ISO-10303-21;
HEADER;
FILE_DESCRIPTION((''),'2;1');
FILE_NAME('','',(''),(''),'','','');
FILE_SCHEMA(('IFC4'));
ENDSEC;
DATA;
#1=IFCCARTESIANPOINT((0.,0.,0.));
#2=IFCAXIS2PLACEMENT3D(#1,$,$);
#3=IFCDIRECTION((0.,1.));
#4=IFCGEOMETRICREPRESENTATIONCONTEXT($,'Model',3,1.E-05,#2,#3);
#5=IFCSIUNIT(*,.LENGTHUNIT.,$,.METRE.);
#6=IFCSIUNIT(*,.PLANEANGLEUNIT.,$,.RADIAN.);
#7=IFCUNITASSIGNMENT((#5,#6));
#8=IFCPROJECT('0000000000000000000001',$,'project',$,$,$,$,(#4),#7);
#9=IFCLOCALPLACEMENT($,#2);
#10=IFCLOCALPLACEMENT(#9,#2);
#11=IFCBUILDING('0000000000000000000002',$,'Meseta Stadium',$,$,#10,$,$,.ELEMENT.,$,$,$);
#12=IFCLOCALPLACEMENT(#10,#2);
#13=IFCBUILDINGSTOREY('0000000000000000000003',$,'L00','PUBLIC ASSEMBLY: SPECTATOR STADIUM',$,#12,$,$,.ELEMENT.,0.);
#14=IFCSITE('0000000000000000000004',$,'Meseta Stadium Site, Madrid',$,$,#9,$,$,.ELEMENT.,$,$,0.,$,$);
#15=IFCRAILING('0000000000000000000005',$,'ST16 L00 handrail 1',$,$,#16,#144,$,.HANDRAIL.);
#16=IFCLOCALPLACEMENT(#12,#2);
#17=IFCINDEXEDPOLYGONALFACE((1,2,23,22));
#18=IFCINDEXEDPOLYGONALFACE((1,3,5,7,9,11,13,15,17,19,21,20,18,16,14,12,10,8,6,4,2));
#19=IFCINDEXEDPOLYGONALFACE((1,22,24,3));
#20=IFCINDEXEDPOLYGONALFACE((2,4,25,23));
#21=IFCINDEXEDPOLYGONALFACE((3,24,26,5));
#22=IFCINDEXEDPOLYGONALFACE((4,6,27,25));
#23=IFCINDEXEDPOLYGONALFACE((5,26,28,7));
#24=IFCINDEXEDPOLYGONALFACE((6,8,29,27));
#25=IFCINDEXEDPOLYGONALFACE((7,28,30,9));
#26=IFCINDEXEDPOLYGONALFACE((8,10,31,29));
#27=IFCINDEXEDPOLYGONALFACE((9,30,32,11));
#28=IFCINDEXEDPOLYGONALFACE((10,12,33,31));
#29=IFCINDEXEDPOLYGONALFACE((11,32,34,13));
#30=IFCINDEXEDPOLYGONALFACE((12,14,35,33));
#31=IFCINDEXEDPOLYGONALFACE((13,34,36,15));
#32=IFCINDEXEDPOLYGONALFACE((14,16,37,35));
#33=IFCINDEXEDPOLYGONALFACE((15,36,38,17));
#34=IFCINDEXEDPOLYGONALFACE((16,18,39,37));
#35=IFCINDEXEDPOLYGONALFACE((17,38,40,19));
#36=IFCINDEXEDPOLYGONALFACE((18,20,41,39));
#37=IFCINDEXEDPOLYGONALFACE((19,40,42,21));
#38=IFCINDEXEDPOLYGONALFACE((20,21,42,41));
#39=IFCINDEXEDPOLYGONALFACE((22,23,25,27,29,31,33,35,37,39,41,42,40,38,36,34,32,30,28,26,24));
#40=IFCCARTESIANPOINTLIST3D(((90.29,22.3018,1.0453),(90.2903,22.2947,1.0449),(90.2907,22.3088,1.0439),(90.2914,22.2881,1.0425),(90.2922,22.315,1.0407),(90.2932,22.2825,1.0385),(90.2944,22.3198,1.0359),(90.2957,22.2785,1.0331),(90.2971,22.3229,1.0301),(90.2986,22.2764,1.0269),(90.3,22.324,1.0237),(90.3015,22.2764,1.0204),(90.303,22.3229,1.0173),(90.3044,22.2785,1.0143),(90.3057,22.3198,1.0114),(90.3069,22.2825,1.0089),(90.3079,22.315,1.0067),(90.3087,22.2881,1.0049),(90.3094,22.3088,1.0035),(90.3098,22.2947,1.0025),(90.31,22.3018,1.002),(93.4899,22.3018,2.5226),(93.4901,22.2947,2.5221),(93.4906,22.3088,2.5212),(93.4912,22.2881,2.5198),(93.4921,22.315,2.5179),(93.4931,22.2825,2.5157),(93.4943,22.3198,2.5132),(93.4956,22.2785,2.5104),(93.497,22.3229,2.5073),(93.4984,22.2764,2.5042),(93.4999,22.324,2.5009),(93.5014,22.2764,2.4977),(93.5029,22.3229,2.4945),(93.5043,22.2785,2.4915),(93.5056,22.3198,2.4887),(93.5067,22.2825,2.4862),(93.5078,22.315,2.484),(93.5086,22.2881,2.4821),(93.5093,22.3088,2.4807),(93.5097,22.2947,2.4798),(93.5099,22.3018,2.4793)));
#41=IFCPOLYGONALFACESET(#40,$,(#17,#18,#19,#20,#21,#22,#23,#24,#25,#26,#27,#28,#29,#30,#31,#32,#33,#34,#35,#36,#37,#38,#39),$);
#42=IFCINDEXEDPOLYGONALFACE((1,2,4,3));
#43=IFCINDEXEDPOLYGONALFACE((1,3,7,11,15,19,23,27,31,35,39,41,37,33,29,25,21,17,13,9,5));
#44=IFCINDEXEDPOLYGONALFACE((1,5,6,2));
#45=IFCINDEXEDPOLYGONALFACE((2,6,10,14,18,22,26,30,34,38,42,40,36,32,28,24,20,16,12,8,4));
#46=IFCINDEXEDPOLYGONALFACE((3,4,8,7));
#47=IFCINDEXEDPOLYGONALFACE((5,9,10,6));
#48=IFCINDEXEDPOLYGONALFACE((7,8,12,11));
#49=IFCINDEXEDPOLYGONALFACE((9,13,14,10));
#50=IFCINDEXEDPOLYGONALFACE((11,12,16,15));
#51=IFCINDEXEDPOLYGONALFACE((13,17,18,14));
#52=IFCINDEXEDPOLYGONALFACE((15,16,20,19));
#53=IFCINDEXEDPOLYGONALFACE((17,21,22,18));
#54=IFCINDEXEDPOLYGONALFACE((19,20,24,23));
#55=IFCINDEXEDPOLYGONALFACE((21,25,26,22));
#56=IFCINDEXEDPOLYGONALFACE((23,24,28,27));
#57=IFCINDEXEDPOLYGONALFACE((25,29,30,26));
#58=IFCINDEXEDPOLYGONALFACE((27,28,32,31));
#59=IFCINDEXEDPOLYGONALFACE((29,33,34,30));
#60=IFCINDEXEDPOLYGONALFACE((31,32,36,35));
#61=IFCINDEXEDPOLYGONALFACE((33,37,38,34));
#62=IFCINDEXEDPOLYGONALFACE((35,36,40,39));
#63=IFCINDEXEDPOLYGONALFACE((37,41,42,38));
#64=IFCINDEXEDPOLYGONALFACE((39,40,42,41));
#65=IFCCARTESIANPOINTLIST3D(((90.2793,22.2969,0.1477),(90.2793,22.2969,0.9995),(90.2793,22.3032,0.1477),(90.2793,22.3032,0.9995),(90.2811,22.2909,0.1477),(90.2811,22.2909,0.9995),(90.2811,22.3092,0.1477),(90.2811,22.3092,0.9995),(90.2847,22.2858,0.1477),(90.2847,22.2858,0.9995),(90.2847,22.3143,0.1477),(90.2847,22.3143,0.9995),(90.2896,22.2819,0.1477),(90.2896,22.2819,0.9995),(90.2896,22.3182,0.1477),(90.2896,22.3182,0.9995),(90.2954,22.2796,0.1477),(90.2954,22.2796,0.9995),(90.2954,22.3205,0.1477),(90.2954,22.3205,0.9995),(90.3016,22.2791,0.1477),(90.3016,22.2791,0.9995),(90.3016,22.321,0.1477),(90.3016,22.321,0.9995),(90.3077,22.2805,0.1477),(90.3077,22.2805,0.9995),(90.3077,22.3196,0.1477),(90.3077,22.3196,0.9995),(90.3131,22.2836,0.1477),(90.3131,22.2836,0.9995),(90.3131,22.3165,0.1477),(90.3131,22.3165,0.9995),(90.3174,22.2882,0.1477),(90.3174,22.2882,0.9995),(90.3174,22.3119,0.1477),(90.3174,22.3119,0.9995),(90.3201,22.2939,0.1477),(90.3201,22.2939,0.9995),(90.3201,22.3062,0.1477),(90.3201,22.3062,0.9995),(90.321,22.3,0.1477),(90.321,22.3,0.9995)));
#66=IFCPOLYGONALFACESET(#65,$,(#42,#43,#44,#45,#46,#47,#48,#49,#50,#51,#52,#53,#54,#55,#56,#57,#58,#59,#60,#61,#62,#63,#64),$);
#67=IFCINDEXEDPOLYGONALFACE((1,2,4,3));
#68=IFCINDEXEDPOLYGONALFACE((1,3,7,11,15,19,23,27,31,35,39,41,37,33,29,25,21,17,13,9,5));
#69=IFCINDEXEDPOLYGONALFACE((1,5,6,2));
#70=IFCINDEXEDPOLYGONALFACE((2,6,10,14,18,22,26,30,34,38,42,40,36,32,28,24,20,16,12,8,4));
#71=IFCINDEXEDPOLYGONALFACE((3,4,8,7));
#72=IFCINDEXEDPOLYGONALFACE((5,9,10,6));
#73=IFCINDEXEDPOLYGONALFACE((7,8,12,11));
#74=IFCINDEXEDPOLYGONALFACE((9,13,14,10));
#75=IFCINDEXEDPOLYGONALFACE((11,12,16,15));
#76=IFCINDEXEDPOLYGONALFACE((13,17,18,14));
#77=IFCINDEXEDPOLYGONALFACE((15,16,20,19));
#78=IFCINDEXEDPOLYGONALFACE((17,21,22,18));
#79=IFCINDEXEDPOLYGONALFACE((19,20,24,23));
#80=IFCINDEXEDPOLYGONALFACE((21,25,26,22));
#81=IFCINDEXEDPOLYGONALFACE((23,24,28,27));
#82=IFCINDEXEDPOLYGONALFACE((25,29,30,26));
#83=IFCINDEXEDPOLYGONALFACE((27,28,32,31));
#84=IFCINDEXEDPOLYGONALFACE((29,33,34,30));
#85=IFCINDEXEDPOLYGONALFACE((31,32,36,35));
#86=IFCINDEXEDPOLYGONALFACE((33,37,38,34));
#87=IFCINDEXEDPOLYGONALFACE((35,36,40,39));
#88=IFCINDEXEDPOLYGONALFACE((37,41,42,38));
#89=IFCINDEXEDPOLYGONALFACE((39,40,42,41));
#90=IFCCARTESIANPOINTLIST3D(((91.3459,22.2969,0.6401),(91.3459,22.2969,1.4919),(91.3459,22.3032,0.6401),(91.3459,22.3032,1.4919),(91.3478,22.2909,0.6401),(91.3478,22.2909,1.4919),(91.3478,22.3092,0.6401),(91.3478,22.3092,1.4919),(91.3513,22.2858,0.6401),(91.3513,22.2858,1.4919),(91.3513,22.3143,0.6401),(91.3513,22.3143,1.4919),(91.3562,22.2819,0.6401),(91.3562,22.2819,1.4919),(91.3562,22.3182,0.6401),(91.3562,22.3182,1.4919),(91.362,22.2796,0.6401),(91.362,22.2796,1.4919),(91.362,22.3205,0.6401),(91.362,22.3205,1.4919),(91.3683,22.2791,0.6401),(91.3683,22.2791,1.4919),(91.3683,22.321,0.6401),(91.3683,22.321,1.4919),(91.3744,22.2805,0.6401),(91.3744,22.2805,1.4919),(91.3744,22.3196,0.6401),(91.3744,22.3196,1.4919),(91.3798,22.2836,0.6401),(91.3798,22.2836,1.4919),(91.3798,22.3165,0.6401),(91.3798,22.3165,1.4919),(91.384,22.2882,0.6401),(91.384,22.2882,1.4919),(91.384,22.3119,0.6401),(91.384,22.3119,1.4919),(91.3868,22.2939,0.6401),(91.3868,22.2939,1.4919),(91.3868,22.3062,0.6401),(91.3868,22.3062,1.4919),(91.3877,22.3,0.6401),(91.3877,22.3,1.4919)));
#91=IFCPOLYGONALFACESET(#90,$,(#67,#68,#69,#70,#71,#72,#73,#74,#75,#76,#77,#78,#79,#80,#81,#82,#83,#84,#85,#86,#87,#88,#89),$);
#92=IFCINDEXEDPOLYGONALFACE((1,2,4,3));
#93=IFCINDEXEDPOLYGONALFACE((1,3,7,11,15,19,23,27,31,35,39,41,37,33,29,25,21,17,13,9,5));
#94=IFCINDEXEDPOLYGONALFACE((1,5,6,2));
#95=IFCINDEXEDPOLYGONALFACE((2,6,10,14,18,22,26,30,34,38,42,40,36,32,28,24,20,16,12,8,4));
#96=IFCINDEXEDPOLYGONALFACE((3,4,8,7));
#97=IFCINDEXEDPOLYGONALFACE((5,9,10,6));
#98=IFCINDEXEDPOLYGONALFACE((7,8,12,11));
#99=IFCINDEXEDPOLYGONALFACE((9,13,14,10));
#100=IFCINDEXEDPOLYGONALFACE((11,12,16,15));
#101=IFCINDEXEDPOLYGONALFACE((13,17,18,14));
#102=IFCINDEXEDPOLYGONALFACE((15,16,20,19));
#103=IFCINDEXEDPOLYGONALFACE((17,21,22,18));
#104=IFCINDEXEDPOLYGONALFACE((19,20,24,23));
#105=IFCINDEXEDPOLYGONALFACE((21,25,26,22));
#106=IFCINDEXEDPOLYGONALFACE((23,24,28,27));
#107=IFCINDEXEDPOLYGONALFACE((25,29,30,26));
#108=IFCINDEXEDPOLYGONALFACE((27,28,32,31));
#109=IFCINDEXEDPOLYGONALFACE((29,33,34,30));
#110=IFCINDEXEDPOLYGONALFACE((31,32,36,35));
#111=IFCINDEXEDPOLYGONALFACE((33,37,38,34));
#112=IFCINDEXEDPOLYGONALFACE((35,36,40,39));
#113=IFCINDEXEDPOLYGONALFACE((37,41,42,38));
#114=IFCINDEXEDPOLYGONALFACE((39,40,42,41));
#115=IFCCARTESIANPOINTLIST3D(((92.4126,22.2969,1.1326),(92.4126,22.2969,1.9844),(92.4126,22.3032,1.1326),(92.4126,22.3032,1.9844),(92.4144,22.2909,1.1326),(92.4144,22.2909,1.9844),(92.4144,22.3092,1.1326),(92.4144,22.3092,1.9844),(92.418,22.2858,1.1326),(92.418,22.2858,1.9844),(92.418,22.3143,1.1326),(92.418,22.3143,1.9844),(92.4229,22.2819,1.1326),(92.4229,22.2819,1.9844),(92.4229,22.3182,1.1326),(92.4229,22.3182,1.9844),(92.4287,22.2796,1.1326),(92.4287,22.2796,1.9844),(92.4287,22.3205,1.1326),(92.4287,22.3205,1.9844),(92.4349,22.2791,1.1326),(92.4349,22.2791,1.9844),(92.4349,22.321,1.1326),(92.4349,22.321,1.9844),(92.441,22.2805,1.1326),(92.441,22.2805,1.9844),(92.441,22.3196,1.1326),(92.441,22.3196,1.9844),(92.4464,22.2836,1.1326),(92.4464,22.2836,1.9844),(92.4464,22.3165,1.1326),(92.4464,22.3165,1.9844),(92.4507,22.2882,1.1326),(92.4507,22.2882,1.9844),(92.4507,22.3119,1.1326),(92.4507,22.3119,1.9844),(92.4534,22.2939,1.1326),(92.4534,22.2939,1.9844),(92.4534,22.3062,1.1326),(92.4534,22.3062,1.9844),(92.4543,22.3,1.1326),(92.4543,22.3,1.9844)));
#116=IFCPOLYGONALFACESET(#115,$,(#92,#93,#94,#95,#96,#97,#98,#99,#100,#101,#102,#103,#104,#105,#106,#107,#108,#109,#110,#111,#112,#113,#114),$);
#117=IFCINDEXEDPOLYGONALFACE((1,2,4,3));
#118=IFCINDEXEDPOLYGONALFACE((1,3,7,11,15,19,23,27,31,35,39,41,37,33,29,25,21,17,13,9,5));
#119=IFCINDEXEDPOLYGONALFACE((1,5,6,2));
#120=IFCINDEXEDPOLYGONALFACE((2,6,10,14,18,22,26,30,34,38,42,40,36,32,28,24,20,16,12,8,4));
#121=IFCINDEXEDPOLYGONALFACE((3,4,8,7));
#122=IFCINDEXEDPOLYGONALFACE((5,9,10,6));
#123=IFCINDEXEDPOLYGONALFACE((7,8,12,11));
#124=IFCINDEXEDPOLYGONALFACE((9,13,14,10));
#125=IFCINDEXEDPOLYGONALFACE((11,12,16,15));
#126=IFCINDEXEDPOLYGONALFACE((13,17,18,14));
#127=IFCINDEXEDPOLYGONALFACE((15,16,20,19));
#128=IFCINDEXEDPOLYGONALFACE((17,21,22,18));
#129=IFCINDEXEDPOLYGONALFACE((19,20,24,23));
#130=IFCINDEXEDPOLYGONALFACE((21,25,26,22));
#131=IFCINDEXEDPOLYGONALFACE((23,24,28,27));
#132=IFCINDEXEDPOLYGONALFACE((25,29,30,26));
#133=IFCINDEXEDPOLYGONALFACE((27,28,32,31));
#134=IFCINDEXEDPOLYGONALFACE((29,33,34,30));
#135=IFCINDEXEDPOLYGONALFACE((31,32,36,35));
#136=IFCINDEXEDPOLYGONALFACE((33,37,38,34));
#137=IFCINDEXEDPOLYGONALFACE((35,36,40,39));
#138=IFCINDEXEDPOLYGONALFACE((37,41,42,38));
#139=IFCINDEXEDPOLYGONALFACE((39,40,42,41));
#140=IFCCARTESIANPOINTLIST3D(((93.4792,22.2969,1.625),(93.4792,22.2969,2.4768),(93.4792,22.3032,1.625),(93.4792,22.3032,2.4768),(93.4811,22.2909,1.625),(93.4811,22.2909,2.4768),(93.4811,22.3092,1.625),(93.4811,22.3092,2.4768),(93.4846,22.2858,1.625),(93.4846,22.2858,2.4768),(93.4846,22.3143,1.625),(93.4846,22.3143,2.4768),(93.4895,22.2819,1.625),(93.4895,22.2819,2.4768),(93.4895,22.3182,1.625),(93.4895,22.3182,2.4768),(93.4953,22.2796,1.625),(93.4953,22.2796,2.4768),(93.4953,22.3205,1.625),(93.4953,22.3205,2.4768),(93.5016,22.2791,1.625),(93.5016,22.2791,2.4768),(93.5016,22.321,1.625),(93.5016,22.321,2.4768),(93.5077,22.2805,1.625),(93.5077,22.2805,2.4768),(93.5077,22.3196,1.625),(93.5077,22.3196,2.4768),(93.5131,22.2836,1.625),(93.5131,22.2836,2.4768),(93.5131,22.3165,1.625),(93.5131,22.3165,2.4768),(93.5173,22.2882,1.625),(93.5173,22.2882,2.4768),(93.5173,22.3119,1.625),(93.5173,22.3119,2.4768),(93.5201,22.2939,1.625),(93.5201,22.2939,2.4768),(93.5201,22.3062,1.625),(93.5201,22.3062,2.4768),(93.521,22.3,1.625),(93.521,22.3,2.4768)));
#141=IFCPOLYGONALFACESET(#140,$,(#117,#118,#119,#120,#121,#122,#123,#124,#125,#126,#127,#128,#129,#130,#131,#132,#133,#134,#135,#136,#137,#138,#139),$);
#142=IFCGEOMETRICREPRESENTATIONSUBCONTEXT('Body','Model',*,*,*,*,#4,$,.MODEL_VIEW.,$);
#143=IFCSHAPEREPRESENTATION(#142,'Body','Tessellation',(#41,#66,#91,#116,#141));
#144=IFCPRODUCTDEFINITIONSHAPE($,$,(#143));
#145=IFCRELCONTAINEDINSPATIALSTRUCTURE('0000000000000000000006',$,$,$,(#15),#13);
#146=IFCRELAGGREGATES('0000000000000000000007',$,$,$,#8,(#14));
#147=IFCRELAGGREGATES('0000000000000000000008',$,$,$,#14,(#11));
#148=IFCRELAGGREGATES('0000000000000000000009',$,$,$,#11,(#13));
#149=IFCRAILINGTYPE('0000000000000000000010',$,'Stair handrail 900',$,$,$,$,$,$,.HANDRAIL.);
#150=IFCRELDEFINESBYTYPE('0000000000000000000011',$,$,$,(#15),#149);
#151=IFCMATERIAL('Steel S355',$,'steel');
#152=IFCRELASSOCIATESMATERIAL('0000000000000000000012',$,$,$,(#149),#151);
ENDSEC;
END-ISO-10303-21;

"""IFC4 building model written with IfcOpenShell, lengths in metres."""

from ifc_helpers import new_model, si_unit, direction, frame, origin, origin_2d, place, context, subcontext, project, spatial, circle, extrude, material, type_object, element, save


model = new_model("IFC4")

# Units and contexts
model_context = context("Model", 3, precision=1e-05, world=origin(), true_north=direction((0.0, 1.0)))
body_context = subcontext(model_context, "Body", "Model", "MODEL_VIEW")
ifc_project = project(units=[si_unit("LENGTHUNIT", "METRE"), si_unit("PLANEANGLEUNIT", "RADIAN")], contexts=[model_context])

# Site, building, storey
site_placement = place(None, origin())
site = spatial("IfcSite", under=ifc_project, at=site_placement, Name="Meseta Stadium Site, Madrid", CompositionType="ELEMENT", RefElevation=0.0)
building_placement = place(site_placement, origin())
building = spatial("IfcBuilding", under=site, at=building_placement, Name="Meseta Stadium", CompositionType="ELEMENT")
storey_placement = place(building_placement, origin())
storey = spatial("IfcBuildingStorey", under=building, at=storey_placement, Name="L00", Description="PUBLIC ASSEMBLY: SPECTATOR STADIUM", CompositionType="ELEMENT", Elevation=0.0)

# Railing
ifc_material_1 = material(Name="Steel S355", Category="steel")
railing_type_1 = type_object("IfcRailingType", Name="Stair handrail 900", PredefinedType="HANDRAIL", material=ifc_material_1)
for number, where, name in (
    (1, (90.3, 22.3, 0.1477), "ST16 L00 handrail 1"),
):
    element("IfcRailing", number, at=place(storey_placement, frame(where)), inside=storey, type_object=railing_type_1, Name=name, PredefinedType="HANDRAIL", context=body_context, shape_type="SweptSolid", body=[
        extrude(circle(Radius=0.0239, at=origin_2d()), frame((0.0, 0.0, 0.876), z_axis=(0.907917, 0.0, 0.41915), x_axis=(0.0, 1.0, 0.0)), (0.0, 0.0, 1.0), 3.5244),
        extrude(circle(Radius=0.021, at=origin_2d()), origin(), (0.0, 0.0, 1.0), 0.8518),
        extrude(circle(Radius=0.021, at=origin_2d()), frame((1.0667, 0.0, 0.4924)), (0.0, 0.0, 1.0), 0.8518),
        extrude(circle(Radius=0.021, at=origin_2d()), frame((2.1333, 0.0, 0.9849)), (0.0, 0.0, 1.0), 0.8518),
        extrude(circle(Radius=0.021, at=origin_2d()), frame((3.2, 0.0, 1.4773)), (0.0, 0.0, 1.0), 0.8518),
    ])

save(model, "model.ifc")
